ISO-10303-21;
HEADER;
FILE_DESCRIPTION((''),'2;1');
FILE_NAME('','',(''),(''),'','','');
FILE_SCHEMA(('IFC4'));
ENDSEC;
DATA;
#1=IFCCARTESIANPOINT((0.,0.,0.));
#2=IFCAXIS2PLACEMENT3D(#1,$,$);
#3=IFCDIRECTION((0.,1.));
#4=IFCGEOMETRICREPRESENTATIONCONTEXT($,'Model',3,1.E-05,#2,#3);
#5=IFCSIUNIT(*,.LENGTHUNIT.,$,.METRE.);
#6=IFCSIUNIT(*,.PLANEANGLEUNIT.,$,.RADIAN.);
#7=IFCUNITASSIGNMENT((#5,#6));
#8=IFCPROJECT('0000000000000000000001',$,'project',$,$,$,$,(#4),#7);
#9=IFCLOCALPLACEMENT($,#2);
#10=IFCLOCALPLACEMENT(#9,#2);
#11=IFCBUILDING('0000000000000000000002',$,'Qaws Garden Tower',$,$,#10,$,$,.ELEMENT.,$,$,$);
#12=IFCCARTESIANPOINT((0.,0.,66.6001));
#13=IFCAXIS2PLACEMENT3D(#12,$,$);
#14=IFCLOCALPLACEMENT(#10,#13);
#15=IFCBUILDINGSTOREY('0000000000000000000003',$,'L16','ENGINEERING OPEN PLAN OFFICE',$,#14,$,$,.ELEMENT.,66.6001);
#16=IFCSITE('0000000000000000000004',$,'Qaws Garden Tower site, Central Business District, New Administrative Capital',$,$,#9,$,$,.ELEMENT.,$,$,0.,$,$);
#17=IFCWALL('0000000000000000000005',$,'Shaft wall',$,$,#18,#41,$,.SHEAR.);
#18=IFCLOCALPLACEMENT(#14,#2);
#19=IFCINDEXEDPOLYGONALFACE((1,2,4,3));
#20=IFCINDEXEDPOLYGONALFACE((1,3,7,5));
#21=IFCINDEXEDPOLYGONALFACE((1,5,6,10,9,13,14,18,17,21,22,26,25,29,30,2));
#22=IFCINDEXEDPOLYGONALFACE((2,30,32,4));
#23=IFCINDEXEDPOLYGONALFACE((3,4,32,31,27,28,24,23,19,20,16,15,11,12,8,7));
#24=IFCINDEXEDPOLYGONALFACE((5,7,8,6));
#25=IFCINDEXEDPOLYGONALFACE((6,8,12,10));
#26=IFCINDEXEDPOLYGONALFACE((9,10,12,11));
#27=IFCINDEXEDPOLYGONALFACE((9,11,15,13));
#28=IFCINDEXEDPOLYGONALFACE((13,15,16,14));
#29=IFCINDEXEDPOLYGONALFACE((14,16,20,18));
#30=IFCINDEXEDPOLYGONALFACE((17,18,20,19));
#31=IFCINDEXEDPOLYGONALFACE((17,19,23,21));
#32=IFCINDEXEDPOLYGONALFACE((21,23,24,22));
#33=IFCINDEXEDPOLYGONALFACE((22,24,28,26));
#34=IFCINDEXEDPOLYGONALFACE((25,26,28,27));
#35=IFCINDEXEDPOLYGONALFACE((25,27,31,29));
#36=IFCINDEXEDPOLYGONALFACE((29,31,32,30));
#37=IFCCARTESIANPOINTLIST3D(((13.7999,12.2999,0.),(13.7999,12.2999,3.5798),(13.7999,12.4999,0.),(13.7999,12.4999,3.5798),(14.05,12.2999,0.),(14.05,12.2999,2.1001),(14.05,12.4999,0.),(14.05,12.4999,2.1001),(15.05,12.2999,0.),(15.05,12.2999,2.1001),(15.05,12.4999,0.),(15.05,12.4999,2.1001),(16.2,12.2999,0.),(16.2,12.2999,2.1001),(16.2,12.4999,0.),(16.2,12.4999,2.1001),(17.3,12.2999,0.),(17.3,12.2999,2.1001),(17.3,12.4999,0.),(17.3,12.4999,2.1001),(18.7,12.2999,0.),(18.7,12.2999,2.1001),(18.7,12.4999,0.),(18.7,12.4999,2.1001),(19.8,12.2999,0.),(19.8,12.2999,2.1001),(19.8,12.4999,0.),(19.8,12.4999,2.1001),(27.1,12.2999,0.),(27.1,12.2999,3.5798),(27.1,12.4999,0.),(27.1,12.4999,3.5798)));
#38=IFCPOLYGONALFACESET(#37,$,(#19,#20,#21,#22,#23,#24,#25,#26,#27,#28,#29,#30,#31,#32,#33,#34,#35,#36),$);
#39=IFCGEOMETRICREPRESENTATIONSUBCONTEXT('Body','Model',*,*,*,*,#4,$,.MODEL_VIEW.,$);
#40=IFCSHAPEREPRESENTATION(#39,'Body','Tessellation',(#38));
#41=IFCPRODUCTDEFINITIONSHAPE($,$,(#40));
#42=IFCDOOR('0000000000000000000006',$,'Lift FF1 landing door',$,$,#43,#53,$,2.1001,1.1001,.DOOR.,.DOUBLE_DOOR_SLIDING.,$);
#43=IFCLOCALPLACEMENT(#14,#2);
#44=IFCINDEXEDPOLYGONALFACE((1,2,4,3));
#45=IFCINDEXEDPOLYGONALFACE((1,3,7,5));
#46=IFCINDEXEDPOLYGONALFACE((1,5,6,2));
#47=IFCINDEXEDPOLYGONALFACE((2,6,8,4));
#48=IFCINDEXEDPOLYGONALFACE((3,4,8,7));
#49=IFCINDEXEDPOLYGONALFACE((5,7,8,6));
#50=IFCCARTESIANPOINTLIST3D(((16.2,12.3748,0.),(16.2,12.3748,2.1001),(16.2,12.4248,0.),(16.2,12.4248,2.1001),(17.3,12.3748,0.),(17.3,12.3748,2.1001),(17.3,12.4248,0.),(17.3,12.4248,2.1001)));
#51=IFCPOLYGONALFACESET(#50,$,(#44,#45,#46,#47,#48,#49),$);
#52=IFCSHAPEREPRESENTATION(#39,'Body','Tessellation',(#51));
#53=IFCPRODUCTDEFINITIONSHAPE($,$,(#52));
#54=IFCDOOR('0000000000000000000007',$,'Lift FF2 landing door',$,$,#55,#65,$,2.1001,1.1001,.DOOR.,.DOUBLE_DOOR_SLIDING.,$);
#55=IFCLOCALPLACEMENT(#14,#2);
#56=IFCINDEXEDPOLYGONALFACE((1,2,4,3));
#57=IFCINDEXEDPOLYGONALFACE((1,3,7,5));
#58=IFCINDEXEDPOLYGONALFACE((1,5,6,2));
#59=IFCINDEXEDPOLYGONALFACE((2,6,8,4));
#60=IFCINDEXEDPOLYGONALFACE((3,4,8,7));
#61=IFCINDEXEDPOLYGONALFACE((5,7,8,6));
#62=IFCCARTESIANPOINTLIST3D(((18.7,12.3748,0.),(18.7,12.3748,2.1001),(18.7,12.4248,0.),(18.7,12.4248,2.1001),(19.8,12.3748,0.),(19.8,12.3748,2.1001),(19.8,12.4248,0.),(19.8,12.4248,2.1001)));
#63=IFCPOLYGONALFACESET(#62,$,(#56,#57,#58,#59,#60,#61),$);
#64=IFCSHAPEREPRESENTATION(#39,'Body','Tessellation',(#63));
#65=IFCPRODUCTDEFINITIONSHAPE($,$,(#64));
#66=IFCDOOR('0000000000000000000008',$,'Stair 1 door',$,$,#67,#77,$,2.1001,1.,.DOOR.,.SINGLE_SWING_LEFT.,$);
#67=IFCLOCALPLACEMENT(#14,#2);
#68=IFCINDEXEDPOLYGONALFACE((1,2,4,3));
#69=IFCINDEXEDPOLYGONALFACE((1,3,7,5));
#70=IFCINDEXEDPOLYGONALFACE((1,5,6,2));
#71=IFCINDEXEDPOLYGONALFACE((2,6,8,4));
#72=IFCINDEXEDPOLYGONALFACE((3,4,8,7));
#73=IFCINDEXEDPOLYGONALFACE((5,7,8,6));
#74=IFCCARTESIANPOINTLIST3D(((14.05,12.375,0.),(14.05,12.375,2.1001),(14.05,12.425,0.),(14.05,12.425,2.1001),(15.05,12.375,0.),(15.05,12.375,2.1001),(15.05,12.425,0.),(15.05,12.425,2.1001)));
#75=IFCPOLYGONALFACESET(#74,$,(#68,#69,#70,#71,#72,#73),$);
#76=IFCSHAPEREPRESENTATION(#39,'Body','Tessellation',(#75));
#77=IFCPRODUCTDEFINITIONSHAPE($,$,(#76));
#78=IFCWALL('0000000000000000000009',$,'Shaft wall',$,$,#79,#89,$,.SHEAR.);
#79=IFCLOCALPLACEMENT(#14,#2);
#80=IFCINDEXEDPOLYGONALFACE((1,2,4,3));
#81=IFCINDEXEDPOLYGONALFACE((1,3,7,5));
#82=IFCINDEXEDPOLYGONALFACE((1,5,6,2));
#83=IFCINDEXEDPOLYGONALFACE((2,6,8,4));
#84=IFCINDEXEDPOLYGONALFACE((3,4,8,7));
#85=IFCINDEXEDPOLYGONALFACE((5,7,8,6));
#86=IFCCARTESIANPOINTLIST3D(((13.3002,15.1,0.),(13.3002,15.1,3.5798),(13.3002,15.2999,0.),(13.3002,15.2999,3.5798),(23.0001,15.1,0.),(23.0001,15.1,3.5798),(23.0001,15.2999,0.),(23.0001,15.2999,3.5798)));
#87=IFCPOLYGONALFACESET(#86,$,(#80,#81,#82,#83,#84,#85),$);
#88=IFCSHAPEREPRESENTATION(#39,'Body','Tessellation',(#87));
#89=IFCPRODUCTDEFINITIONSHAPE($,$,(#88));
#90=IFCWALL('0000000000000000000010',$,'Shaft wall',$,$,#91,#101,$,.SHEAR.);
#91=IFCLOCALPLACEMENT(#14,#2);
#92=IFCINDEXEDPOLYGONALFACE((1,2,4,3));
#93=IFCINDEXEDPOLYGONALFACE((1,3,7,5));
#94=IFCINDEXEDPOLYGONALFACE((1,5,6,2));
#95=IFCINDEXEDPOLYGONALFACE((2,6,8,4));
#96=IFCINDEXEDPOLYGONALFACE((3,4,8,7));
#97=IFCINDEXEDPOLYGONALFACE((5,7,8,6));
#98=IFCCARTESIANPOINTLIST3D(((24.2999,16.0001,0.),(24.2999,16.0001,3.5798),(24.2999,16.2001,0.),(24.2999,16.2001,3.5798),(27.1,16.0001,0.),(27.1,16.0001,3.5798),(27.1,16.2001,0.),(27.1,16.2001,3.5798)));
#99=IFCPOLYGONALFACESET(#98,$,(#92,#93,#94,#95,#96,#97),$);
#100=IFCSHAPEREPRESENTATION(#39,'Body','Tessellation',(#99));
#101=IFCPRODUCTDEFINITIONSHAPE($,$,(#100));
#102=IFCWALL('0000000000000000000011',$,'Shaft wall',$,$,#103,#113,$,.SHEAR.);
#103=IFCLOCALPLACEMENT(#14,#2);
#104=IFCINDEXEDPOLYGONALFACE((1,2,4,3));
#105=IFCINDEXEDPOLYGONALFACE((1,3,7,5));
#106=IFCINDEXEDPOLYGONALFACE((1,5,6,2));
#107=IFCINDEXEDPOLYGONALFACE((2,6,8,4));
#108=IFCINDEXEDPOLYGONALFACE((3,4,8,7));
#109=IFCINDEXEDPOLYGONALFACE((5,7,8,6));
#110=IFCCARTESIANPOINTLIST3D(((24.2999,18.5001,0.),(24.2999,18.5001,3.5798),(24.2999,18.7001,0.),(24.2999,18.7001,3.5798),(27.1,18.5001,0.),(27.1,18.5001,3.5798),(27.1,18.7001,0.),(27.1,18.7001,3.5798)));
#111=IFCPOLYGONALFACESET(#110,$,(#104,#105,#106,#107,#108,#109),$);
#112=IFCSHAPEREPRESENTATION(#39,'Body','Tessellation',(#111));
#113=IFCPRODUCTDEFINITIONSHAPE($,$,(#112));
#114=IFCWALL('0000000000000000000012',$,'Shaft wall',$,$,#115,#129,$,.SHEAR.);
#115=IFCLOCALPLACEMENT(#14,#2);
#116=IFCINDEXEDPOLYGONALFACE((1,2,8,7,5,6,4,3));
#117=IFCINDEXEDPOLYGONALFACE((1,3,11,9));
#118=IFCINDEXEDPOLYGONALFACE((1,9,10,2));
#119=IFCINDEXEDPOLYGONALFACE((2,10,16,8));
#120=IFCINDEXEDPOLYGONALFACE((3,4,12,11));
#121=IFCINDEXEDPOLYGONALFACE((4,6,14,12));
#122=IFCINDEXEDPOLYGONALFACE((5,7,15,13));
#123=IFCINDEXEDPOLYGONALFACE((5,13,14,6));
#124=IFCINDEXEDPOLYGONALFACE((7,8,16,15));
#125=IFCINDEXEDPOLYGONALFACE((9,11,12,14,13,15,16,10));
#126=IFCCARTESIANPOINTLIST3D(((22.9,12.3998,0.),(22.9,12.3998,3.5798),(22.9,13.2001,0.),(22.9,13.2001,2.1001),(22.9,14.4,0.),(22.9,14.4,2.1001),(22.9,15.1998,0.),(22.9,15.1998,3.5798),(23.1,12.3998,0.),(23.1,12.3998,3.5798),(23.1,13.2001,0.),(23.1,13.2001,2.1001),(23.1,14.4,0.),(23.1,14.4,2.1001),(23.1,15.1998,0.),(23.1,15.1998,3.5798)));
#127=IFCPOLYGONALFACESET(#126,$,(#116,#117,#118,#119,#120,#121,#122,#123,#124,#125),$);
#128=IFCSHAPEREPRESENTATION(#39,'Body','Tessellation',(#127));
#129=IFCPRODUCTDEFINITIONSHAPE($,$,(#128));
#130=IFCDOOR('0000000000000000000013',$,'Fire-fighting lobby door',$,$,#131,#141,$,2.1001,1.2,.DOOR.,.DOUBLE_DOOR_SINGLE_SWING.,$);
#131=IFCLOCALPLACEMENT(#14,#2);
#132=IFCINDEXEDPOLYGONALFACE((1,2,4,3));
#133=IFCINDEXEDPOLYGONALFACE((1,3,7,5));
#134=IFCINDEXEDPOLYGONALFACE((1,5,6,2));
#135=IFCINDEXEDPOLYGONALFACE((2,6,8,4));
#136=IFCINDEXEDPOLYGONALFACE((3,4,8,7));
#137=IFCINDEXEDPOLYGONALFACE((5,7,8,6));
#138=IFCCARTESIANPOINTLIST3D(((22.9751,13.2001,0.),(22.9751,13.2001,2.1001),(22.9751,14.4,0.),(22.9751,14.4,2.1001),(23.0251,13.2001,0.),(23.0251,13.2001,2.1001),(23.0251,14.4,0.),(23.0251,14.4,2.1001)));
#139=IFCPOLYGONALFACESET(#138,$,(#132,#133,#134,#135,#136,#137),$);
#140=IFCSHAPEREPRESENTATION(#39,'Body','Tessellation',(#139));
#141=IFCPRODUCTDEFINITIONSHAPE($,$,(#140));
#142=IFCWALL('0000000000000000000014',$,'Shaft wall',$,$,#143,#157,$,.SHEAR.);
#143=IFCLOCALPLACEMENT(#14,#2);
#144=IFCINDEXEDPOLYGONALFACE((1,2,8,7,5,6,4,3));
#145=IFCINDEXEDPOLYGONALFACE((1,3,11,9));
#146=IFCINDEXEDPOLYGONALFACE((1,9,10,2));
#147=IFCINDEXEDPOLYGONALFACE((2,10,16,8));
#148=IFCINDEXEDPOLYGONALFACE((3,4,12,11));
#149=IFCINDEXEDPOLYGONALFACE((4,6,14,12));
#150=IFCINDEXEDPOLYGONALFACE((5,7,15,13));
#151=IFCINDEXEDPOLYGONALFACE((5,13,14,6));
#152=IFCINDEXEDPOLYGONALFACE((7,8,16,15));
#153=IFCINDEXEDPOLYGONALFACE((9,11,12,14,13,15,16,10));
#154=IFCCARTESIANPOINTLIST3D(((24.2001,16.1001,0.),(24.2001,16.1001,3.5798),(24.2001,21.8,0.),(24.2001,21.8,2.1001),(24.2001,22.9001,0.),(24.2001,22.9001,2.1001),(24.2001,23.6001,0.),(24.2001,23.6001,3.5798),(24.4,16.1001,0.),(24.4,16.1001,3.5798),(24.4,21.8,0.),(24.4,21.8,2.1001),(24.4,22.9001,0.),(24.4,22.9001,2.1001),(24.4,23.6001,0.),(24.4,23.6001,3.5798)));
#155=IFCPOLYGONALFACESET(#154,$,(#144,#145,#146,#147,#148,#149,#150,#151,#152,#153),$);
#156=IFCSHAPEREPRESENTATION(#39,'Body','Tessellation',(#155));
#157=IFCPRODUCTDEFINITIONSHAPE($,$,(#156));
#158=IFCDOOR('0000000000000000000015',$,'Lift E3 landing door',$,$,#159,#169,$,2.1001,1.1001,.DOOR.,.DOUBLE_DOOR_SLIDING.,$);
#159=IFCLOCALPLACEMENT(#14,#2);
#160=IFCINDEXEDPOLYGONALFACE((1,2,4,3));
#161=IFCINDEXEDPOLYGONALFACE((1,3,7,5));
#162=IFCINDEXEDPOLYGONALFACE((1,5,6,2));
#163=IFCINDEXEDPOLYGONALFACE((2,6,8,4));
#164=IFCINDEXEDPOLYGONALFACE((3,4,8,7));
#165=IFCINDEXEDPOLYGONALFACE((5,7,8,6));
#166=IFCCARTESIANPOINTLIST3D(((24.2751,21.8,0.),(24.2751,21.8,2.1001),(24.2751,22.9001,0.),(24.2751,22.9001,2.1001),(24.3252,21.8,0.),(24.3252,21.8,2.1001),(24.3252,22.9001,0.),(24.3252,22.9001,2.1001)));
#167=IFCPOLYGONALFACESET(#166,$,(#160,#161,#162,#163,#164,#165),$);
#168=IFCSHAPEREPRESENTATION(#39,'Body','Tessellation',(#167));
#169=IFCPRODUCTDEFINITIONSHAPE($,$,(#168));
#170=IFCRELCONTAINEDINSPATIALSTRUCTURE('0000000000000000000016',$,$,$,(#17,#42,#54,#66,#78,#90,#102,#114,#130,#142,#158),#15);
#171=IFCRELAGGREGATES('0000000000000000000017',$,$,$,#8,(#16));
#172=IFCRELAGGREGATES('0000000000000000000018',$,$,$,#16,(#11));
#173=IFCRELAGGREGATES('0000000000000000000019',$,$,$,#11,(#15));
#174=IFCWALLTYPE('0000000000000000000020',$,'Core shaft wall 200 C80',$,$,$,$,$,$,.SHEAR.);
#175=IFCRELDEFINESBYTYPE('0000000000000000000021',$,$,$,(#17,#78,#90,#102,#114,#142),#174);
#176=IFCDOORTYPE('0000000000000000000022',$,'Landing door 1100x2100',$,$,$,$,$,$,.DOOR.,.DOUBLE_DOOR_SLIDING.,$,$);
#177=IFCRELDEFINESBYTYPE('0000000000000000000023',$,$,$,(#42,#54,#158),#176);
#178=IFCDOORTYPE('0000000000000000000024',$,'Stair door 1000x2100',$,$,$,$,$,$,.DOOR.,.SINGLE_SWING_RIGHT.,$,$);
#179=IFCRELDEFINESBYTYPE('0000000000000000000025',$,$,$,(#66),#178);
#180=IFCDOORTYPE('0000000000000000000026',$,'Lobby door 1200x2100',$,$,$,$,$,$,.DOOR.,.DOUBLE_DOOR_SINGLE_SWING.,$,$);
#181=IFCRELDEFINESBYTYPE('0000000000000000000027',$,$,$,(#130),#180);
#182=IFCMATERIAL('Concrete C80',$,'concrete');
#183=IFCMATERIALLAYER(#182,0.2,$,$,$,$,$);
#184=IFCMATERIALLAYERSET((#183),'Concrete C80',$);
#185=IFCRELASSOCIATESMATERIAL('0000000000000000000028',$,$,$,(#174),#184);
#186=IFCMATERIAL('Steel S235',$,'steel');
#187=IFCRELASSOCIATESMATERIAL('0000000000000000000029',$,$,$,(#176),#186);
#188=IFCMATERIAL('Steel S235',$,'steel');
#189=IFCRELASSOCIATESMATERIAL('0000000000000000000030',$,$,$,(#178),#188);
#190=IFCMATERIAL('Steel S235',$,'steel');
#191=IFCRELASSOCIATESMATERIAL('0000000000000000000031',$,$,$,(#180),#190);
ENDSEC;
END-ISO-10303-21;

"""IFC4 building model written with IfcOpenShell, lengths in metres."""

from ifc_helpers import new_model, si_unit, direction, frame, frame_2d, origin, place, context, subcontext, project, spatial, rectangle, extrude, material, layer, layer_set, type_object, element, fill, save


model = new_model("IFC4")

# Units and contexts
model_context = context("Model", 3, precision=1e-05, world=origin(), true_north=direction((0.0, 1.0)))
body_context = subcontext(model_context, "Body", "Model", "MODEL_VIEW")
ifc_project = project(units=[si_unit("LENGTHUNIT", "METRE"), si_unit("PLANEANGLEUNIT", "RADIAN")], contexts=[model_context])

# Site, building, storey
site_placement = place(None, origin())
site = spatial("IfcSite", under=ifc_project, at=site_placement, Name="Qaws Garden Tower site, Central Business District, New Administrative Capital", CompositionType="ELEMENT", RefElevation=0.0)
building_placement = place(site_placement, origin())
building = spatial("IfcBuilding", under=site, at=building_placement, Name="Qaws Garden Tower", CompositionType="ELEMENT")
storey_placement = place(building_placement, frame((0.0, 0.0, 66.6001)))
storey = spatial("IfcBuildingStorey", under=building, at=storey_placement, Name="L16", Description="ENGINEERING OPEN PLAN OFFICE", CompositionType="ELEMENT", Elevation=66.6001)

# Wall, openings, doors
ifc_material_1 = material(Name="Concrete C80", Category="concrete")
ifc_layer_1 = layer(ifc_material_1, 0.2)
ifc_layer_set_1 = layer_set([ifc_layer_1], Name="Concrete C80")
wall_type_1 = type_object("IfcWallType", Name="Core shaft wall 200 C80", PredefinedType="SHEAR", material=ifc_layer_set_1)
wall_1_placement = place(storey_placement, frame((13.8, 12.3999, 0.0), z_axis=(0.0, 0.0, 1.0), x_axis=(1.0, 0.0, 0.0)))
wall_1 = element("IfcWall", 1, at=wall_1_placement, inside=storey, type_object=wall_type_1, Name="Shaft wall", PredefinedType="SHEAR", context=body_context, shape_type="SweptSolid", body=[
    extrude(rectangle(XDim=13.3, YDim=0.2, at=frame_2d((6.6499, 0.0))), origin(), (0.0, 0.0, 1.0), 3.5798),
])
opening_1_placement = place(wall_1_placement, frame((2.3999, 0.0, 0.0)))
opening_1 = element("IfcOpeningElement", 2, at=opening_1_placement, cuts=wall_1, PredefinedType="OPENING", context=body_context, shape_type="SweptSolid", body=[
    extrude(rectangle(XDim=1.1001, YDim=2.1001, at=frame_2d((0.55, 1.05))), frame((0.0, 0.1099, 0.0), z_axis=(0.0, -1.0, 0.0), x_axis=(1.0, 0.0, 0.0)), (0.0, 0.0, 1.0), 0.22),
])
opening_2_placement = place(wall_1_placement, frame((4.8999, 0.0, 0.0)))
opening_2 = element("IfcOpeningElement", 3, at=opening_2_placement, cuts=wall_1, PredefinedType="OPENING", context=body_context, shape_type="SweptSolid", body=[
    extrude(rectangle(XDim=1.1001, YDim=2.1001, at=frame_2d((0.55, 1.05))), frame((0.0, 0.1099, 0.0), z_axis=(0.0, -1.0, 0.0), x_axis=(1.0, 0.0, 0.0)), (0.0, 0.0, 1.0), 0.22),
])
opening_3_placement = place(wall_1_placement, frame((0.25, 0.0, 0.0)))
opening_3 = element("IfcOpeningElement", 4, at=opening_3_placement, cuts=wall_1, PredefinedType="OPENING", context=body_context, shape_type="SweptSolid", body=[
    extrude(rectangle(XDim=1.0, YDim=2.1001, at=frame_2d((0.5, 1.05))), frame((0.0, 0.1099, 0.0), z_axis=(0.0, -1.0, 0.0), x_axis=(1.0, 0.0, 0.0)), (0.0, 0.0, 1.0), 0.22),
])
ifc_material_2 = material(Name="Steel S235", Category="steel")
door_type_1 = type_object("IfcDoorType", Name="Landing door 1100x2100", OperationType="DOUBLE_DOOR_SLIDING", PredefinedType="DOOR", material=ifc_material_2)
door_1_placement = place(opening_1_placement, origin())
door_1 = element("IfcDoor", 5, at=door_1_placement, inside=storey, type_object=door_type_1, Name="Lift FF1 landing door", OperationType="DOUBLE_DOOR_SLIDING", OverallHeight=2.1001, OverallWidth=1.1001, PredefinedType="DOOR", context=body_context, shape_type="SweptSolid", body=[
    extrude(rectangle(XDim=1.1001, YDim=2.1001, at=frame_2d((0.55, 1.05))), frame((0.0, 0.0249, 0.0), z_axis=(0.0, -1.0, 0.0), x_axis=(1.0, 0.0, 0.0)), (0.0, 0.0, 1.0), 0.05),
])
fill(opening_1, door_1)
door_2_placement = place(opening_2_placement, origin())
door_2 = element("IfcDoor", 6, at=door_2_placement, inside=storey, type_object=door_type_1, Name="Lift FF2 landing door", OperationType="DOUBLE_DOOR_SLIDING", OverallHeight=2.1001, OverallWidth=1.1001, PredefinedType="DOOR", context=body_context, shape_type="SweptSolid", body=[
    extrude(rectangle(XDim=1.1001, YDim=2.1001, at=frame_2d((0.55, 1.05))), frame((0.0, 0.0249, 0.0), z_axis=(0.0, -1.0, 0.0), x_axis=(1.0, 0.0, 0.0)), (0.0, 0.0, 1.0), 0.05),
])
fill(opening_2, door_2)
ifc_material_3 = material(Name="Steel S235", Category="steel")
door_type_2 = type_object("IfcDoorType", Name="Stair door 1000x2100", OperationType="SINGLE_SWING_RIGHT", PredefinedType="DOOR", material=ifc_material_3)
door_3_placement = place(opening_3_placement, frame((1.0, 0.0, 0.0), z_axis=(0.0, 0.0, 1.0), x_axis=(-1.0, 0.0, 0.0)))
door_3 = element("IfcDoor", 7, at=door_3_placement, inside=storey, type_object=door_type_2, Name="Stair 1 door", OperationType="SINGLE_SWING_LEFT", OverallHeight=2.1001, OverallWidth=1.0, PredefinedType="DOOR", context=body_context, shape_type="SweptSolid", body=[
    extrude(rectangle(XDim=1.0, YDim=2.1001, at=frame_2d((0.5, 1.05))), frame((0.0, 0.0249, 0.0), z_axis=(0.0, -1.0, 0.0), x_axis=(1.0, 0.0, 0.0)), (0.0, 0.0, 1.0), 0.05),
])
fill(opening_3, door_3)

# Walls
wall_2_placement = place(storey_placement, frame((13.3, 15.2, 0.0), z_axis=(0.0, 0.0, 1.0), x_axis=(1.0, 0.0, 0.0)))
element("IfcWall", 8, at=wall_2_placement, inside=storey, type_object=wall_type_1, Name="Shaft wall", PredefinedType="SHEAR", context=body_context, shape_type="SweptSolid", body=[
    extrude(rectangle(XDim=9.7, YDim=0.2, at=frame_2d((4.8501, 0.0))), origin(), (0.0, 0.0, 1.0), 3.5798),
])
for number, where, z_axis, x_axis, name in (
    (9, (24.3, 16.1001, 0.0), (0.0, 0.0, 1.0), (1.0, 0.0, 0.0), "Shaft wall"),
    (10, (24.3, 18.6001, 0.0), (0.0, 0.0, 1.0), (1.0, 0.0, 0.0), "Shaft wall"),
):
    element("IfcWall", number, at=place(storey_placement, frame(where, z_axis=z_axis, x_axis=x_axis)), inside=storey, type_object=wall_type_1, Name=name, PredefinedType="SHEAR", context=body_context, shape_type="SweptSolid", body=[
        extrude(rectangle(XDim=2.8, YDim=0.2, at=frame_2d((1.3999, 0.0))), origin(), (0.0, 0.0, 1.0), 3.5798),
    ])

# Walls, openings, doors
wall_3_placement = place(storey_placement, frame((23.0, 12.3999, 0.0), z_axis=(0.0, 0.0, 1.0), x_axis=(0.0, 1.0, 0.0)))
wall_3 = element("IfcWall", 11, at=wall_3_placement, inside=storey, type_object=wall_type_1, Name="Shaft wall", PredefinedType="SHEAR", context=body_context, shape_type="SweptSolid", body=[
    extrude(rectangle(XDim=2.8, YDim=0.2, at=frame_2d((1.3999, 0.0))), origin(), (0.0, 0.0, 1.0), 3.5798),
])
opening_4_placement = place(wall_3_placement, frame((0.8, 0.0, 0.0)))
opening_4 = element("IfcOpeningElement", 12, at=opening_4_placement, cuts=wall_3, PredefinedType="OPENING", context=body_context, shape_type="SweptSolid", body=[
    extrude(rectangle(XDim=1.2, YDim=2.1001, at=frame_2d((0.6001, 1.05))), frame((0.0, 0.1099, 0.0), z_axis=(0.0, -1.0, 0.0), x_axis=(1.0, 0.0, 0.0)), (0.0, 0.0, 1.0), 0.22),
])
ifc_material_4 = material(Name="Steel S235", Category="steel")
door_type_3 = type_object("IfcDoorType", Name="Lobby door 1200x2100", OperationType="DOUBLE_DOOR_SINGLE_SWING", PredefinedType="DOOR", material=ifc_material_4)
door_4_placement = place(opening_4_placement, origin())
door_4 = element("IfcDoor", 13, at=door_4_placement, inside=storey, type_object=door_type_3, Name="Fire-fighting lobby door", OperationType="DOUBLE_DOOR_SINGLE_SWING", OverallHeight=2.1001, OverallWidth=1.2, PredefinedType="DOOR", context=body_context, shape_type="SweptSolid", body=[
    extrude(rectangle(XDim=1.2, YDim=2.1001, at=frame_2d((0.6001, 1.05))), frame((0.0, 0.0249, 0.0), z_axis=(0.0, -1.0, 0.0), x_axis=(1.0, 0.0, 0.0)), (0.0, 0.0, 1.0), 0.05),
])
fill(opening_4, door_4)
wall_4_placement = place(storey_placement, frame((24.3, 16.1001, 0.0), z_axis=(0.0, 0.0, 1.0), x_axis=(0.0, 1.0, 0.0)))
wall_4 = element("IfcWall", 14, at=wall_4_placement, inside=storey, type_object=wall_type_1, Name="Shaft wall", PredefinedType="SHEAR", context=body_context, shape_type="SweptSolid", body=[
    extrude(rectangle(XDim=7.5, YDim=0.2, at=frame_2d((3.75, 0.0))), origin(), (0.0, 0.0, 1.0), 3.5798),
])
opening_5_placement = place(wall_4_placement, frame((5.7, 0.0, 0.0)))
opening_5 = element("IfcOpeningElement", 15, at=opening_5_placement, cuts=wall_4, PredefinedType="OPENING", context=body_context, shape_type="SweptSolid", body=[
    extrude(rectangle(XDim=1.1001, YDim=2.1001, at=frame_2d((0.55, 1.05))), frame((0.0, 0.1099, 0.0), z_axis=(0.0, -1.0, 0.0), x_axis=(1.0, 0.0, 0.0)), (0.0, 0.0, 1.0), 0.22),
])
door_5_placement = place(opening_5_placement, origin())
door_5 = element("IfcDoor", 16, at=door_5_placement, inside=storey, type_object=door_type_1, Name="Lift E3 landing door", OperationType="DOUBLE_DOOR_SLIDING", OverallHeight=2.1001, OverallWidth=1.1001, PredefinedType="DOOR", context=body_context, shape_type="SweptSolid", body=[
    extrude(rectangle(XDim=1.1001, YDim=2.1001, at=frame_2d((0.55, 1.05))), frame((0.0, 0.0249, 0.0), z_axis=(0.0, -1.0, 0.0), x_axis=(1.0, 0.0, 0.0)), (0.0, 0.0, 1.0), 0.05),
])
fill(opening_5, door_5)

save(model, "model.ifc")
